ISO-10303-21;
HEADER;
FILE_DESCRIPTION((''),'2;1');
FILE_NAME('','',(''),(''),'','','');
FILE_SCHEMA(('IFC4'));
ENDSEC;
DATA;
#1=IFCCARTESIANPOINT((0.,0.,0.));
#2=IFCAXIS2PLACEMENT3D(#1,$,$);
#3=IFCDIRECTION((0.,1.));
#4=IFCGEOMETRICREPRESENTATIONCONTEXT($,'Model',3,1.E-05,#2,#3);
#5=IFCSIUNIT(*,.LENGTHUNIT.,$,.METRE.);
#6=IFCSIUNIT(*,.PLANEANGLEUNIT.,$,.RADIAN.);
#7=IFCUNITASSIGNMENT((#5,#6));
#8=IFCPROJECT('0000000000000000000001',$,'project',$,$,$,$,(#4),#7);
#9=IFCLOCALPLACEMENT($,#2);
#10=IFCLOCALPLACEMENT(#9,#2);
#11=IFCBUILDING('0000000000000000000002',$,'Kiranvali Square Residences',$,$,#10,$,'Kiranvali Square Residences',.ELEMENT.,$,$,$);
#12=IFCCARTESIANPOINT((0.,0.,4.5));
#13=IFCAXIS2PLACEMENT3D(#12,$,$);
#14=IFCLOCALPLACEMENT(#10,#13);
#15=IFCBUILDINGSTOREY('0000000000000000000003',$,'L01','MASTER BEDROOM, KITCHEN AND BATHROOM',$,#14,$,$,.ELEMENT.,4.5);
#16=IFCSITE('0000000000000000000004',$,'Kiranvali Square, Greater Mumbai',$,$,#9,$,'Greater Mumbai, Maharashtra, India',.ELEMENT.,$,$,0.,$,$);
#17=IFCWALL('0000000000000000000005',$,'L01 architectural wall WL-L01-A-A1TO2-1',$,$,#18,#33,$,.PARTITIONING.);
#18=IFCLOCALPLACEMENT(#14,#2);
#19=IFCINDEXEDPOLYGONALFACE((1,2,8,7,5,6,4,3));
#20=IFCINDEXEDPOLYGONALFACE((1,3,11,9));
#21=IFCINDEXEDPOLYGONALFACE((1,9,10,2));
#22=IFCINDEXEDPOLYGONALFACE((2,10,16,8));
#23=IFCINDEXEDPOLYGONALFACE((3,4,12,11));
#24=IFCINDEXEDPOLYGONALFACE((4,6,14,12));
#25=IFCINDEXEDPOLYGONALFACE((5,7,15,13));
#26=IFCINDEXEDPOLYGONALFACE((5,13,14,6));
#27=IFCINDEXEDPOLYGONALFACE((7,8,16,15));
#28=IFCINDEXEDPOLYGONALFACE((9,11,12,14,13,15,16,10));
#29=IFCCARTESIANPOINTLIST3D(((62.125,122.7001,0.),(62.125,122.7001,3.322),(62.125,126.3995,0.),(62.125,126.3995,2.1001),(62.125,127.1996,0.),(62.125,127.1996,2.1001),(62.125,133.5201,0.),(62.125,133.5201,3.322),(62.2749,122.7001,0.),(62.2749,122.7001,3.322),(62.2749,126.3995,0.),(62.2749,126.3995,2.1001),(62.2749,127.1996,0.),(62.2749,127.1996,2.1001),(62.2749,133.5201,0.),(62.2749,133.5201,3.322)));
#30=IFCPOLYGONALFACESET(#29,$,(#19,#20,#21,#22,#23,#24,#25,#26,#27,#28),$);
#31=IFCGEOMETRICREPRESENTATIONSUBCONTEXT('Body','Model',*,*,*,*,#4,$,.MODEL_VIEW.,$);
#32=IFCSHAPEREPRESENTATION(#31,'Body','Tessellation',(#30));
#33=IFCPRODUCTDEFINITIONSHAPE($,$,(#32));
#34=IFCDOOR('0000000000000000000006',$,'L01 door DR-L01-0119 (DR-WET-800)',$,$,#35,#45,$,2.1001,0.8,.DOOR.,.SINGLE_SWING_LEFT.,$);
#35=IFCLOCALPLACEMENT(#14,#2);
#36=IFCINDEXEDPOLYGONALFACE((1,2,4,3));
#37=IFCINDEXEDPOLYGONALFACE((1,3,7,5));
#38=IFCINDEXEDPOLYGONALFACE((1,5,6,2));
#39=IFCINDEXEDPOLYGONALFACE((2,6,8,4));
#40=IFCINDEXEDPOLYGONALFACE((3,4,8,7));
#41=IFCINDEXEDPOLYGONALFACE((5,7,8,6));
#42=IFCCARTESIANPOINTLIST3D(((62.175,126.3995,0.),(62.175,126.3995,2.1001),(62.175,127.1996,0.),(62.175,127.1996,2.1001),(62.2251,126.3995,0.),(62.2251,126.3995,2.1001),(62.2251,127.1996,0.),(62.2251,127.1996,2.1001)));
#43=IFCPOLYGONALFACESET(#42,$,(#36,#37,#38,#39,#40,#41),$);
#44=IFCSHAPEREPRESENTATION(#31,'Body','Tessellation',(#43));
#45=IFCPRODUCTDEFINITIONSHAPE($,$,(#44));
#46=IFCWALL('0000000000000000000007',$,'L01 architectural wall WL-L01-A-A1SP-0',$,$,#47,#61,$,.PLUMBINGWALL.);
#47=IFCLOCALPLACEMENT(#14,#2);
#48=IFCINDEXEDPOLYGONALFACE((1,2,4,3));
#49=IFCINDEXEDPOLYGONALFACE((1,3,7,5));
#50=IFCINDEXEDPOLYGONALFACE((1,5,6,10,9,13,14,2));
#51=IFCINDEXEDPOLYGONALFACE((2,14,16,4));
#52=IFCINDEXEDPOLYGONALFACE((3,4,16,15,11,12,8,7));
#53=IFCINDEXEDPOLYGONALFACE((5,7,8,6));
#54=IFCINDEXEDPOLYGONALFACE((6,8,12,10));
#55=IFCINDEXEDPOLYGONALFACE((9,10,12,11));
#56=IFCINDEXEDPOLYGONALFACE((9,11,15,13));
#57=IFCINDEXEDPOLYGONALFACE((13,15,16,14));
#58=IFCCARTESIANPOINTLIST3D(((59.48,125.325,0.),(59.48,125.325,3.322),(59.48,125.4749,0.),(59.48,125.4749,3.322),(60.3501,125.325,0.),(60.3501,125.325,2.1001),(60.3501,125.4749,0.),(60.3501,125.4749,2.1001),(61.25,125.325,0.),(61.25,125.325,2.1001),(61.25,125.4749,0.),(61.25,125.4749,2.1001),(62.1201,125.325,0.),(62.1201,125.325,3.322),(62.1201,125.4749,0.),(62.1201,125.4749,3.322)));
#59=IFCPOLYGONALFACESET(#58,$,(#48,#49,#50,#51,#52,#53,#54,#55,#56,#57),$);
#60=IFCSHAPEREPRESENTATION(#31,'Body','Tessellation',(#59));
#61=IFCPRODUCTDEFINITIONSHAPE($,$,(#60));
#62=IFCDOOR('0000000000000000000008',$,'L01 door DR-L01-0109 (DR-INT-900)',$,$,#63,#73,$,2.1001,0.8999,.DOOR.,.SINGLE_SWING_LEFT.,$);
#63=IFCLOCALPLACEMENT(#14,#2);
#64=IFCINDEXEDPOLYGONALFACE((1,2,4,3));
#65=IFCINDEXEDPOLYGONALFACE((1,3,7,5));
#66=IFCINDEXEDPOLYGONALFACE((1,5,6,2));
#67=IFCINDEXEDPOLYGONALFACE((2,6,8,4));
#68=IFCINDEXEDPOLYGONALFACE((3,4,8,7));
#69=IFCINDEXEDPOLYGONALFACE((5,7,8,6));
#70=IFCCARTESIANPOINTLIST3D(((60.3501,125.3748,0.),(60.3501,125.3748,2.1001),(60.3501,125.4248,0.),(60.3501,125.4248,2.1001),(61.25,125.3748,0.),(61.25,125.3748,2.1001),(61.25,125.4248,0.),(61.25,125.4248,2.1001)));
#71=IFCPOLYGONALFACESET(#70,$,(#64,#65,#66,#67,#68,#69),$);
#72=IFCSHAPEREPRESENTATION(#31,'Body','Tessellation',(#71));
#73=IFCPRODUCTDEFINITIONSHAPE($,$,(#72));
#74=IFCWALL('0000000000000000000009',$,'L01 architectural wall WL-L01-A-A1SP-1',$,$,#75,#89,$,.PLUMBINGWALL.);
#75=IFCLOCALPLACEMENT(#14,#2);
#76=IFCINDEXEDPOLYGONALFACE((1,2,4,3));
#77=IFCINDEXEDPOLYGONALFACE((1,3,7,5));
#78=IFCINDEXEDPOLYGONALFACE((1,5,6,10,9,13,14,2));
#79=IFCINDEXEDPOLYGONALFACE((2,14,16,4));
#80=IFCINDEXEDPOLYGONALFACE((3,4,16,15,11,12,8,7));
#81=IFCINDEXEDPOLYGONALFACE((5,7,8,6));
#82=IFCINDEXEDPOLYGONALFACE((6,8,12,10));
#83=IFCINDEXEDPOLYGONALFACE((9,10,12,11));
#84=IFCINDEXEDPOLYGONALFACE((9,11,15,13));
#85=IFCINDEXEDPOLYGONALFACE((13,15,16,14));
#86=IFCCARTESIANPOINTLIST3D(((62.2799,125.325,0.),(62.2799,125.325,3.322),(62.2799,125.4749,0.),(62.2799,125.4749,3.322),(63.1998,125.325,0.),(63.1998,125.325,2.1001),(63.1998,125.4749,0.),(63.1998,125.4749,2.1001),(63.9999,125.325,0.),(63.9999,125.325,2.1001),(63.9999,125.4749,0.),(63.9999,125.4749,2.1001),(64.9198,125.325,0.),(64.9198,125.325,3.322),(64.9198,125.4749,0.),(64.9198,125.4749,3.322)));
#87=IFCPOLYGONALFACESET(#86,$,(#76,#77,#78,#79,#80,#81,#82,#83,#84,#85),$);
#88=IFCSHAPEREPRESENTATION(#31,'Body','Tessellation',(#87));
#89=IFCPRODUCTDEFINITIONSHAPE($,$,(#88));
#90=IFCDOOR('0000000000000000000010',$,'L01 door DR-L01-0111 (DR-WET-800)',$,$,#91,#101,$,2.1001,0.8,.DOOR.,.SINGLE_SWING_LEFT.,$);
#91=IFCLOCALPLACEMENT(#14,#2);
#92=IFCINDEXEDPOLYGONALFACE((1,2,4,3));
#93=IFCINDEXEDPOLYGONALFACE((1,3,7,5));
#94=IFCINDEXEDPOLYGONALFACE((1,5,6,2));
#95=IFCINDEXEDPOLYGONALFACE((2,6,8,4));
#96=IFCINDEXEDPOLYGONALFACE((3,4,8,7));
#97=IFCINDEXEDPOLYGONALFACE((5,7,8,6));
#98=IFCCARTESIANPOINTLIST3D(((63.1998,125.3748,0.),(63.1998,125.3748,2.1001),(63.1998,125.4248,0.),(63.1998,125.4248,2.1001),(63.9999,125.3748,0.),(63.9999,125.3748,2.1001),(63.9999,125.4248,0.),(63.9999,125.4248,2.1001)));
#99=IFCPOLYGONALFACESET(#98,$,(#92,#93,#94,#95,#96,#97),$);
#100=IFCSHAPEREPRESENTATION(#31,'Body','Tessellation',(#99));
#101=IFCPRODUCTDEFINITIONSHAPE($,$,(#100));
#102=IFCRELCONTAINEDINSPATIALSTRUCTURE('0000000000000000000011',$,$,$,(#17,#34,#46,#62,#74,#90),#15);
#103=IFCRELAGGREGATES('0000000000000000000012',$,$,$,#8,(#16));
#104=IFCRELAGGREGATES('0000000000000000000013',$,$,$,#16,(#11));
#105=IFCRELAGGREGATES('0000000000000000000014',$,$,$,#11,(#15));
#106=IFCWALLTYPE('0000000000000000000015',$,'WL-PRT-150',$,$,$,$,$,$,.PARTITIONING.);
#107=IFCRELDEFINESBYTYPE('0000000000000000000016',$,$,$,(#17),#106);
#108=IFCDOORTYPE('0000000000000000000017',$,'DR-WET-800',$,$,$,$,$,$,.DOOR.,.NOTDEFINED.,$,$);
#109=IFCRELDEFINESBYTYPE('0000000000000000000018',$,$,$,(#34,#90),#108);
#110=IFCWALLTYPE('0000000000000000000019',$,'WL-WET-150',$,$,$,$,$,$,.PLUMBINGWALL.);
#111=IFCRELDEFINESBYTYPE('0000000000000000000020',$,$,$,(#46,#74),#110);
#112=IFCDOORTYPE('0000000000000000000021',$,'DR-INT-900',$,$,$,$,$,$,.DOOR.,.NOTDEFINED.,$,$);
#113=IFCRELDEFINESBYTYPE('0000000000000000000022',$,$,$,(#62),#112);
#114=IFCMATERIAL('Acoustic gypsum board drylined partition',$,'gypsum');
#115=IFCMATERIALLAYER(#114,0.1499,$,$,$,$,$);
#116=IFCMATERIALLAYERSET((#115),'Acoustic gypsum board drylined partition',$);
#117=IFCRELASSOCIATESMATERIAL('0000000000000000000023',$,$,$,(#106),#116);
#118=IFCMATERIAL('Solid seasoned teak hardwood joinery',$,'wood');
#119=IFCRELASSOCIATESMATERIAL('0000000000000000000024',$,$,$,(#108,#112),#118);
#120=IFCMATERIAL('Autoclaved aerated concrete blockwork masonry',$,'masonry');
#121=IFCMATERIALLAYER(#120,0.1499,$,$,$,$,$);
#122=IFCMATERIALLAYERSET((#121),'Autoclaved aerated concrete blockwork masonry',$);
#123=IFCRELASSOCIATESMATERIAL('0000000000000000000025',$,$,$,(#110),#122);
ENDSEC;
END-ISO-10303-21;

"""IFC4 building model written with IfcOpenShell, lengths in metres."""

from ifc_helpers import new_model, si_unit, direction, frame, frame_2d, origin, place, context, subcontext, project, spatial, rectangle, extrude, material, layer, layer_set, type_object, element, fill, save


model = new_model("IFC4")

# Units and contexts
model_context = context("Model", 3, precision=1e-05, world=origin(), true_north=direction((0.0, 1.0)))
body_context = subcontext(model_context, "Body", "Model", "MODEL_VIEW")
ifc_project = project(units=[si_unit("LENGTHUNIT", "METRE"), si_unit("PLANEANGLEUNIT", "RADIAN")], contexts=[model_context])

# Site, building, storey
site_placement = place(None, origin())
site = spatial("IfcSite", under=ifc_project, at=site_placement, Name="Kiranvali Square, Greater Mumbai", LongName="Greater Mumbai, Maharashtra, India", CompositionType="ELEMENT", RefElevation=0.0)
building_placement = place(site_placement, origin())
building = spatial("IfcBuilding", under=site, at=building_placement, Name="Kiranvali Square Residences", LongName="Kiranvali Square Residences", CompositionType="ELEMENT")
storey_placement = place(building_placement, frame((0.0, 0.0, 4.5)))
storey = spatial("IfcBuildingStorey", under=building, at=storey_placement, Name="L01", Description="MASTER BEDROOM, KITCHEN AND BATHROOM", CompositionType="ELEMENT", Elevation=4.5)

# Walls, openings, doors
ifc_material_1 = material(Name="Acoustic gypsum board drylined partition", Category="gypsum")
ifc_layer_1 = layer(ifc_material_1, 0.1499)
ifc_layer_set_1 = layer_set([ifc_layer_1], Name="Acoustic gypsum board drylined partition")
wall_type_1 = type_object("IfcWallType", Name="WL-PRT-150", PredefinedType="PARTITIONING", material=ifc_layer_set_1)
ifc_material_2 = material(Name="Solid seasoned teak hardwood joinery", Category="wood")
door_type_1 = type_object("IfcDoorType", Name="DR-WET-800", OperationType="NOTDEFINED", PredefinedType="DOOR", material=ifc_material_2)
wall_1_placement = place(storey_placement, frame((62.2, 122.7, 0.0), z_axis=(0.0, 0.0, 1.0), x_axis=(0.0, 1.0, 0.0)))
wall_1 = element("IfcWall", 1, at=wall_1_placement, inside=storey, type_object=wall_type_1, Name="L01 architectural wall WL-L01-A-A1TO2-1", PredefinedType="PARTITIONING", context=body_context, shape_type="SweptSolid", body=[
    extrude(rectangle(XDim=10.8201, YDim=0.1499, at=frame_2d((5.4102, 0.0))), origin(), (0.0, 0.0, 1.0), 3.322),
])
opening_1_placement = place(wall_1_placement, frame((3.6997, 0.0, 0.0)))
opening_1 = element("IfcOpeningElement", 2, at=opening_1_placement, cuts=wall_1, PredefinedType="OPENING", context=body_context, shape_type="SweptSolid", body=[
    extrude(rectangle(XDim=0.8, YDim=2.1001, at=frame_2d((0.3999, 1.05))), frame((0.0, 0.085, 0.0), z_axis=(0.0, -1.0, 0.0), x_axis=(1.0, 0.0, 0.0)), (0.0, 0.0, 1.0), 0.1699),
])
door_1_placement = place(opening_1_placement, origin())
door_1 = element("IfcDoor", 3, at=door_1_placement, inside=storey, type_object=door_type_1, Name="L01 door DR-L01-0119 (DR-WET-800)", OperationType="SINGLE_SWING_LEFT", OverallHeight=2.1001, OverallWidth=0.8, PredefinedType="DOOR", context=body_context, shape_type="SweptSolid", body=[
    extrude(rectangle(XDim=0.8, YDim=2.1001, at=frame_2d((0.3999, 1.05))), frame((0.0, 0.0249, 0.0), z_axis=(0.0, -1.0, 0.0), x_axis=(1.0, 0.0, 0.0)), (0.0, 0.0, 1.0), 0.05),
])
fill(opening_1, door_1)
ifc_material_3 = material(Name="Autoclaved aerated concrete blockwork masonry", Category="masonry")
ifc_layer_2 = layer(ifc_material_3, 0.1499)
ifc_layer_set_2 = layer_set([ifc_layer_2], Name="Autoclaved aerated concrete blockwork masonry")
wall_type_2 = type_object("IfcWallType", Name="WL-WET-150", PredefinedType="PLUMBINGWALL", material=ifc_layer_set_2)
wall_2_placement = place(storey_placement, frame((59.48, 125.3999, 0.0), z_axis=(0.0, 0.0, 1.0), x_axis=(1.0, 0.0, 0.0)))
wall_2 = element("IfcWall", 4, at=wall_2_placement, inside=storey, type_object=wall_type_2, Name="L01 architectural wall WL-L01-A-A1SP-0", PredefinedType="PLUMBINGWALL", context=body_context, shape_type="SweptSolid", body=[
    extrude(rectangle(XDim=2.6401, YDim=0.1499, at=frame_2d((1.3201, 0.0))), origin(), (0.0, 0.0, 1.0), 3.322),
])
opening_2_placement = place(wall_2_placement, frame((0.8701, 0.0, 0.0)))
opening_2 = element("IfcOpeningElement", 5, at=opening_2_placement, cuts=wall_2, PredefinedType="OPENING", context=body_context, shape_type="SweptSolid", body=[
    extrude(rectangle(XDim=0.8999, YDim=2.1001, at=frame_2d((0.45, 1.05))), frame((0.0, 0.085, 0.0), z_axis=(0.0, -1.0, 0.0), x_axis=(1.0, 0.0, 0.0)), (0.0, 0.0, 1.0), 0.1699),
])
door_type_2 = type_object("IfcDoorType", Name="DR-INT-900", OperationType="NOTDEFINED", PredefinedType="DOOR", material=ifc_material_2)
door_2_placement = place(opening_2_placement, origin())
door_2 = element("IfcDoor", 6, at=door_2_placement, inside=storey, type_object=door_type_2, Name="L01 door DR-L01-0109 (DR-INT-900)", OperationType="SINGLE_SWING_LEFT", OverallHeight=2.1001, OverallWidth=0.8999, PredefinedType="DOOR", context=body_context, shape_type="SweptSolid", body=[
    extrude(rectangle(XDim=0.8999, YDim=2.1001, at=frame_2d((0.45, 1.05))), frame((0.0, 0.0249, 0.0), z_axis=(0.0, -1.0, 0.0), x_axis=(1.0, 0.0, 0.0)), (0.0, 0.0, 1.0), 0.05),
])
fill(opening_2, door_2)
wall_3_placement = place(storey_placement, frame((62.28, 125.3999, 0.0), z_axis=(0.0, 0.0, 1.0), x_axis=(1.0, 0.0, 0.0)))
wall_3 = element("IfcWall", 7, at=wall_3_placement, inside=storey, type_object=wall_type_2, Name="L01 architectural wall WL-L01-A-A1SP-1", PredefinedType="PLUMBINGWALL", context=body_context, shape_type="SweptSolid", body=[
    extrude(rectangle(XDim=2.6399, YDim=0.1499, at=frame_2d((1.3198, 0.0))), origin(), (0.0, 0.0, 1.0), 3.322),
])
opening_3_placement = place(wall_3_placement, frame((0.9199, 0.0, 0.0)))
opening_3 = element("IfcOpeningElement", 8, at=opening_3_placement, cuts=wall_3, PredefinedType="OPENING", context=body_context, shape_type="SweptSolid", body=[
    extrude(rectangle(XDim=0.8, YDim=2.1001, at=frame_2d((0.3999, 1.05))), frame((0.0, 0.085, 0.0), z_axis=(0.0, -1.0, 0.0), x_axis=(1.0, 0.0, 0.0)), (0.0, 0.0, 1.0), 0.1699),
])
door_3_placement = place(opening_3_placement, origin())
door_3 = element("IfcDoor", 9, at=door_3_placement, inside=storey, type_object=door_type_1, Name="L01 door DR-L01-0111 (DR-WET-800)", OperationType="SINGLE_SWING_LEFT", OverallHeight=2.1001, OverallWidth=0.8, PredefinedType="DOOR", context=body_context, shape_type="SweptSolid", body=[
    extrude(rectangle(XDim=0.8, YDim=2.1001, at=frame_2d((0.3999, 1.05))), frame((0.0, 0.0249, 0.0), z_axis=(0.0, -1.0, 0.0), x_axis=(1.0, 0.0, 0.0)), (0.0, 0.0, 1.0), 0.05),
])
fill(opening_3, door_3)

save(model, "model.ifc")
